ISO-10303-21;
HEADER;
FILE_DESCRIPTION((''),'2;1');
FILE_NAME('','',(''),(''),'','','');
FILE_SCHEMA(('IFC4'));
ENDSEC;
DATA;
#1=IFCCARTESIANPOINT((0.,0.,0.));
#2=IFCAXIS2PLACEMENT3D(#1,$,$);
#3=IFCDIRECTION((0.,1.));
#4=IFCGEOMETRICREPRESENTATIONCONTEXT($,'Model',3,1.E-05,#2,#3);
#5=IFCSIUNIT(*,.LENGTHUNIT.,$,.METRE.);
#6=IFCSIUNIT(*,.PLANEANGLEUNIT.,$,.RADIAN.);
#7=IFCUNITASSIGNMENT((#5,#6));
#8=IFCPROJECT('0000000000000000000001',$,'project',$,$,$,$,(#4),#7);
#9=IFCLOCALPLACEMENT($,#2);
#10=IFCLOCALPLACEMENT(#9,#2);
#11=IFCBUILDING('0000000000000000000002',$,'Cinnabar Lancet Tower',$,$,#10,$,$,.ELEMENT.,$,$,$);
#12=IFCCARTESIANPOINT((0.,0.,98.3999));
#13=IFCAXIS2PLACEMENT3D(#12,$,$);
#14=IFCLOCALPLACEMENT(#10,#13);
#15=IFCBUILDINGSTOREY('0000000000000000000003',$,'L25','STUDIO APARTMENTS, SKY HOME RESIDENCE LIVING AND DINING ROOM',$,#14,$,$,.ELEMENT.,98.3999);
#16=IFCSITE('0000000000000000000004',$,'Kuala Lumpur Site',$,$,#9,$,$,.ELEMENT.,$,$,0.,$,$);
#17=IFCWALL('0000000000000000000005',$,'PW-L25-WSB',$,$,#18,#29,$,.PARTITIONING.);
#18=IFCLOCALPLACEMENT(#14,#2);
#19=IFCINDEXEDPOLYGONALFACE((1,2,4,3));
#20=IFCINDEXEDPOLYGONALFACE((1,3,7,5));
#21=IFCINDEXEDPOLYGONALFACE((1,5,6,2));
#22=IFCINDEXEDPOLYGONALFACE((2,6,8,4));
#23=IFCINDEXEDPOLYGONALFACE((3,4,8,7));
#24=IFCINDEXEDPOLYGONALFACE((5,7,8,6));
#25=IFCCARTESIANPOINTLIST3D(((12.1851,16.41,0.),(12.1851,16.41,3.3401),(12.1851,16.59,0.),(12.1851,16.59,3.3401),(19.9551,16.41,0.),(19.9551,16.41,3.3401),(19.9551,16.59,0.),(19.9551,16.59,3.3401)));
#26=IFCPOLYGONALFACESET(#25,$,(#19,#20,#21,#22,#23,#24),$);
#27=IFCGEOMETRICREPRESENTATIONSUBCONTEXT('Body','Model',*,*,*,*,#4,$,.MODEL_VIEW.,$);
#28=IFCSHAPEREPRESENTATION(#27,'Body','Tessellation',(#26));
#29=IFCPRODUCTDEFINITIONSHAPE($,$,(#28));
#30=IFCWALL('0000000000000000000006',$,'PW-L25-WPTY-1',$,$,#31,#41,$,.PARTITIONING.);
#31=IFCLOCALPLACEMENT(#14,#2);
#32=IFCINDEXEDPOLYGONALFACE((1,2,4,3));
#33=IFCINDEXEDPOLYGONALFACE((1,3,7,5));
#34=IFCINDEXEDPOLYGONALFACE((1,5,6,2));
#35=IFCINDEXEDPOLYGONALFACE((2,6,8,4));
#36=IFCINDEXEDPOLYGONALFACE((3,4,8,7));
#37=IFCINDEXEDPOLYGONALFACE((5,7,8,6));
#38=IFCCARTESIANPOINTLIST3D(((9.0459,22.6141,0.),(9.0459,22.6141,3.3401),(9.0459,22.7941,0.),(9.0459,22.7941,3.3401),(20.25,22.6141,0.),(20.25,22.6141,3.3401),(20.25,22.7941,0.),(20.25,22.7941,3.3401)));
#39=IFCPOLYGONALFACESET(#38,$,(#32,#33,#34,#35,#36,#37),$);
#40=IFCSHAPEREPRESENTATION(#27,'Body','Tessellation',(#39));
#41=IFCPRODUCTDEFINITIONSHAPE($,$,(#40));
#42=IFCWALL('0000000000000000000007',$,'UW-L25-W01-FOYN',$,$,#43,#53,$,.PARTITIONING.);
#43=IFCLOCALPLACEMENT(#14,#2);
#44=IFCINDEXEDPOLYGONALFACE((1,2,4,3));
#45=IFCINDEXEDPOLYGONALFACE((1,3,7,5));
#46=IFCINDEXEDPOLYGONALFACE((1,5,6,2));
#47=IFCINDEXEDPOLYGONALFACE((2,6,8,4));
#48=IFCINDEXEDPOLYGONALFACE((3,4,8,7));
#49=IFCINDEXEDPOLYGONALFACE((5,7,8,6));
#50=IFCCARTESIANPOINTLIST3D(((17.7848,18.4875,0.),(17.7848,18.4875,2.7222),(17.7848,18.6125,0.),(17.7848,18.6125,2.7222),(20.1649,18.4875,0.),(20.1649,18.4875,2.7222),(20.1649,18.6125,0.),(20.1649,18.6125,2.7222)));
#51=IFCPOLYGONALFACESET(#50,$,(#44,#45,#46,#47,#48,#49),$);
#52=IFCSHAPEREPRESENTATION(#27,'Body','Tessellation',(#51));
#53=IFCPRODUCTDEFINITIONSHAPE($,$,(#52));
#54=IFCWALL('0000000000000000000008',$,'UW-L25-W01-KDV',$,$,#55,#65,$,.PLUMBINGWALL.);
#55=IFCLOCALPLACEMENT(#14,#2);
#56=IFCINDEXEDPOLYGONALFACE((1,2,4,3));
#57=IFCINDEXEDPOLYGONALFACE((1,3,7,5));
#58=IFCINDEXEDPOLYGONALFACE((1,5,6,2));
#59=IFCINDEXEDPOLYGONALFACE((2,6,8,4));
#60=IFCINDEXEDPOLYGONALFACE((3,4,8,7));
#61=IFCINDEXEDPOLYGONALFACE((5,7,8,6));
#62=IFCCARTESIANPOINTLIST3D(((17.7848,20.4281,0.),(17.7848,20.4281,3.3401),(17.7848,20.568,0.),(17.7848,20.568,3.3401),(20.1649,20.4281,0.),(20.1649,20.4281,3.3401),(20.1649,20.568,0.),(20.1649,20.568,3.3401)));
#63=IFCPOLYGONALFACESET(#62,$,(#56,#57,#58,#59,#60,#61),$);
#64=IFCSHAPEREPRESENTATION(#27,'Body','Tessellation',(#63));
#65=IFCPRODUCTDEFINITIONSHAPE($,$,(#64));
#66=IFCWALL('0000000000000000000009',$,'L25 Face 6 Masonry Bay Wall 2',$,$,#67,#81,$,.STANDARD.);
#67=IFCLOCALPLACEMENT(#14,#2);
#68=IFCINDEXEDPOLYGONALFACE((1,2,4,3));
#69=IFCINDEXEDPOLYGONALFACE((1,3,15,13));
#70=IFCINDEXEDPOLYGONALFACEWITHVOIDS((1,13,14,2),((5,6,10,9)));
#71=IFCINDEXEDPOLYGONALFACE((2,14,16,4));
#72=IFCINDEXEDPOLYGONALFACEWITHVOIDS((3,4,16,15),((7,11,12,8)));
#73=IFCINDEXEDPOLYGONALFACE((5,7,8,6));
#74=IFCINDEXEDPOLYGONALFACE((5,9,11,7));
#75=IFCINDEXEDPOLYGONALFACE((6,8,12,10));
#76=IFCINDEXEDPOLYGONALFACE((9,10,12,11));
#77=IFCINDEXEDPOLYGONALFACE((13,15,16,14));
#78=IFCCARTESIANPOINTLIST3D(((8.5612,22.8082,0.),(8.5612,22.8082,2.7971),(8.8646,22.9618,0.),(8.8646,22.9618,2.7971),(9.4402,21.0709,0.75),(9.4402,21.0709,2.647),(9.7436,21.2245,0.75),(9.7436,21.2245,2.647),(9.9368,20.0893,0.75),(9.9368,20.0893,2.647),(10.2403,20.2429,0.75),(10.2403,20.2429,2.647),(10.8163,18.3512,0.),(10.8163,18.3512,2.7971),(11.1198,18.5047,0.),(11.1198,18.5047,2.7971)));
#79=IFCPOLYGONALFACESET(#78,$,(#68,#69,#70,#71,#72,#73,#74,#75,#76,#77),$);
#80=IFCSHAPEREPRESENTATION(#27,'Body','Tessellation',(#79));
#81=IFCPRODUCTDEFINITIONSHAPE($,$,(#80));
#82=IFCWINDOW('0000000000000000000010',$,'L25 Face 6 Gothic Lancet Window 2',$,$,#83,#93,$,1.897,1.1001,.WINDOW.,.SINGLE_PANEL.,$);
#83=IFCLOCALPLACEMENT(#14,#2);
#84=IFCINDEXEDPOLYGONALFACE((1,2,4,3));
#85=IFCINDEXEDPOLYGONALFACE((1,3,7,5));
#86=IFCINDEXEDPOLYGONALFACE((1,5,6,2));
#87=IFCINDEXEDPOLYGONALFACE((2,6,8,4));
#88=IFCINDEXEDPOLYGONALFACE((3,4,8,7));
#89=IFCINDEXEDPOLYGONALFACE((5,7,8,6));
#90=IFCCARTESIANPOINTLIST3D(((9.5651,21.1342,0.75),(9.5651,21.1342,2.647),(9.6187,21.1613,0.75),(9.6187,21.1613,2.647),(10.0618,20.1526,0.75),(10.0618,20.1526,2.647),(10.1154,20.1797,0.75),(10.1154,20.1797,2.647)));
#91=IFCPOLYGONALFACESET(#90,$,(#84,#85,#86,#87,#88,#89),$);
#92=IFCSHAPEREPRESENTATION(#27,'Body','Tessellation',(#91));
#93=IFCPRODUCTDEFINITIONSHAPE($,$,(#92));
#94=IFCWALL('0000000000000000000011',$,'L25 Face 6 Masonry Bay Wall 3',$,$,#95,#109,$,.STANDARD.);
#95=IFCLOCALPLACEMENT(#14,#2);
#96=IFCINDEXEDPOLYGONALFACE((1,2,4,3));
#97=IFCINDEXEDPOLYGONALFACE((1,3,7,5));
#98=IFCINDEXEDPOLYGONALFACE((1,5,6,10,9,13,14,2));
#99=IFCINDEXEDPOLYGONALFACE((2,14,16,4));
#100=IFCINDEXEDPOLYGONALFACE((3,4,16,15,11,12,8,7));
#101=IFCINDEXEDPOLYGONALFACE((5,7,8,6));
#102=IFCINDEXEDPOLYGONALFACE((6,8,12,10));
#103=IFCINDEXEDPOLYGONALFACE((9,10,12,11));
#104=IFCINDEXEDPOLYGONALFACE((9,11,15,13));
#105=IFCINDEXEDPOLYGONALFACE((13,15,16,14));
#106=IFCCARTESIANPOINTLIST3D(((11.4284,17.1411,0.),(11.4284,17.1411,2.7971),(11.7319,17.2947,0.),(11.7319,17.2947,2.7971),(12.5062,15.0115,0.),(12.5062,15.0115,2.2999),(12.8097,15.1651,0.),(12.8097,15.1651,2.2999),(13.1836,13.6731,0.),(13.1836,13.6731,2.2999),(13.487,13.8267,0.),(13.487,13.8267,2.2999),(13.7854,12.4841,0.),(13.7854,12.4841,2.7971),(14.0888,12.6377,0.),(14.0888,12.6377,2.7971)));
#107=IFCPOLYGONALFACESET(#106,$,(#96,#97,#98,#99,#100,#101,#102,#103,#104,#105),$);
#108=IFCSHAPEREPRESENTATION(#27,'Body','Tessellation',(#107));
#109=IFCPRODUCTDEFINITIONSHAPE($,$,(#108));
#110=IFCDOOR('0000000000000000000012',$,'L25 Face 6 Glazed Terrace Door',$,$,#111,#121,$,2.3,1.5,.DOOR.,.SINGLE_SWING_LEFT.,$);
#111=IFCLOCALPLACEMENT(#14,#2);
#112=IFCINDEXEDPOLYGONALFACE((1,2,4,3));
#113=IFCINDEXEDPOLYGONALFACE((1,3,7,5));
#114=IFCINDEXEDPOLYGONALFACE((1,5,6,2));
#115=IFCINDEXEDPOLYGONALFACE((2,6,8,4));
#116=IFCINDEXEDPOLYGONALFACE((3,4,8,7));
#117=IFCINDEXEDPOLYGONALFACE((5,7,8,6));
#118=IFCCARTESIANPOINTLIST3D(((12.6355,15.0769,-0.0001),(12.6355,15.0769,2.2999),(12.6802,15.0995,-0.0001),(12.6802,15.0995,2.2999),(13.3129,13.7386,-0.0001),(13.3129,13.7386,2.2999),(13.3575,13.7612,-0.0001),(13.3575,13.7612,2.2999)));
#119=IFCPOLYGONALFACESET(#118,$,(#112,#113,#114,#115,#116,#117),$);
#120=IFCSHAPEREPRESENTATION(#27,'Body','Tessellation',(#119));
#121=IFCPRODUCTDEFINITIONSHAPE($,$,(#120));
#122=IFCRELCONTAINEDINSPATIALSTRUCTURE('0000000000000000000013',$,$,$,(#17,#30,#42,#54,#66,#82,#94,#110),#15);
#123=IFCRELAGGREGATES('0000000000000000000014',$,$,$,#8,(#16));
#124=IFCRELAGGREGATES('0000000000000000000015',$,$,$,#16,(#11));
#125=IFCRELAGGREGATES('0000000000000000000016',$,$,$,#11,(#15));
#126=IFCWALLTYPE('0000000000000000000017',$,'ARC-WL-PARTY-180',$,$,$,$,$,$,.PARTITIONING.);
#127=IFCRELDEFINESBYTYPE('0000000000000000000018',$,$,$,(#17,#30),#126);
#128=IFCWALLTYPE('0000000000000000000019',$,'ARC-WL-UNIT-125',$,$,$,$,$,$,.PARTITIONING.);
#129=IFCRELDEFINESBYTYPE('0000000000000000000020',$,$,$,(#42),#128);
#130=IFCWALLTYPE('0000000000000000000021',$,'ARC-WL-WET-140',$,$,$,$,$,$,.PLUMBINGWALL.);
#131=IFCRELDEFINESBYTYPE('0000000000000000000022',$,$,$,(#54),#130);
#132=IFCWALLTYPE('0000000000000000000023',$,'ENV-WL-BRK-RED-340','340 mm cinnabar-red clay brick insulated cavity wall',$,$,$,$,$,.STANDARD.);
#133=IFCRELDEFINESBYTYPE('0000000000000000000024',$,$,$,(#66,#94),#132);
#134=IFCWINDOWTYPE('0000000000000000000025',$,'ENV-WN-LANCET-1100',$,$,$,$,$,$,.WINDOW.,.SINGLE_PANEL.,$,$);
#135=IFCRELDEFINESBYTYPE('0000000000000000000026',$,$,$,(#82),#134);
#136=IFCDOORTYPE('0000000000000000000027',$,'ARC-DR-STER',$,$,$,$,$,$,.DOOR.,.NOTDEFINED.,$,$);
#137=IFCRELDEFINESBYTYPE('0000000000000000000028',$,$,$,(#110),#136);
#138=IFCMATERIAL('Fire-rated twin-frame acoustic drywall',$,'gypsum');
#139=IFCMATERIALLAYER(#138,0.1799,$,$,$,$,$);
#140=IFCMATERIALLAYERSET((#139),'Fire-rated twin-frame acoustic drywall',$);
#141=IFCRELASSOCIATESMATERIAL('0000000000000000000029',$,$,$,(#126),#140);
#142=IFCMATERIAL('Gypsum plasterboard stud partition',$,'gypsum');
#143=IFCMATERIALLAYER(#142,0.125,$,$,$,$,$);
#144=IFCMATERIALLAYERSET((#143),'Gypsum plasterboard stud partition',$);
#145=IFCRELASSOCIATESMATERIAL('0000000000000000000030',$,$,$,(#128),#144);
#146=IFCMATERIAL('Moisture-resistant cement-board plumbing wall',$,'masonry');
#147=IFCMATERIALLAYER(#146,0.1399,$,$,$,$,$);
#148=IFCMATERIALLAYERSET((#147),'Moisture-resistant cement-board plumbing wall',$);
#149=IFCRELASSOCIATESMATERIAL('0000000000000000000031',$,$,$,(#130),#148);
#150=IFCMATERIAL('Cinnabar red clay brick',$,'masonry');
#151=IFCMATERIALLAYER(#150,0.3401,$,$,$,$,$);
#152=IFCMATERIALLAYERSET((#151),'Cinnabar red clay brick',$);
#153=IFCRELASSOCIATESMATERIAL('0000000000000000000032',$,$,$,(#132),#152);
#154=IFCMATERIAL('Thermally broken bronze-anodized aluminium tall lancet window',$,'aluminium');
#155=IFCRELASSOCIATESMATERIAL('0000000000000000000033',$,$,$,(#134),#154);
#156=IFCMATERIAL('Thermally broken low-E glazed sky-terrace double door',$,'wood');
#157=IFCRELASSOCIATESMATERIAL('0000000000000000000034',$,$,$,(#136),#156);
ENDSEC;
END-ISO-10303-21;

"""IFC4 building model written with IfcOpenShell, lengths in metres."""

from ifc_helpers import new_model, si_unit, direction, frame, frame_2d, origin, place, context, subcontext, project, spatial, rectangle, extrude, material, layer, layer_set, type_object, element, fill, save


model = new_model("IFC4")

# Units and contexts
model_context = context("Model", 3, precision=1e-05, world=origin(), true_north=direction((0.0, 1.0)))
body_context = subcontext(model_context, "Body", "Model", "MODEL_VIEW")
ifc_project = project(units=[si_unit("LENGTHUNIT", "METRE"), si_unit("PLANEANGLEUNIT", "RADIAN")], contexts=[model_context])

# Site, building, storey
site_placement = place(None, origin())
site = spatial("IfcSite", under=ifc_project, at=site_placement, Name="Kuala Lumpur Site", CompositionType="ELEMENT", RefElevation=0.0)
building_placement = place(site_placement, origin())
building = spatial("IfcBuilding", under=site, at=building_placement, Name="Cinnabar Lancet Tower", CompositionType="ELEMENT")
storey_placement = place(building_placement, frame((0.0, 0.0, 98.3999)))
storey = spatial("IfcBuildingStorey", under=building, at=storey_placement, Name="L25", Description="STUDIO APARTMENTS, SKY HOME RESIDENCE LIVING AND DINING ROOM", CompositionType="ELEMENT", Elevation=98.3999)

# Walls
ifc_material_1 = material(Name="Fire-rated twin-frame acoustic drywall", Category="gypsum")
ifc_layer_1 = layer(ifc_material_1, 0.1799)
ifc_layer_set_1 = layer_set([ifc_layer_1], Name="Fire-rated twin-frame acoustic drywall")
wall_type_1 = type_object("IfcWallType", Name="ARC-WL-PARTY-180", PredefinedType="PARTITIONING", material=ifc_layer_set_1)
wall_1_placement = place(storey_placement, frame((12.1851, 16.5, 0.0), z_axis=(0.0, 0.0, 1.0), x_axis=(1.0, 0.0, 0.0)))
element("IfcWall", 1, at=wall_1_placement, inside=storey, type_object=wall_type_1, Name="PW-L25-WSB", PredefinedType="PARTITIONING", context=body_context, shape_type="SweptSolid", body=[
    extrude(rectangle(XDim=7.77, YDim=0.1799, at=frame_2d((3.885, 0.0))), origin(), (0.0, 0.0, 1.0), 3.3401),
])
wall_2_placement = place(storey_placement, frame((9.0459, 22.7041, 0.0), z_axis=(0.0, 0.0, 1.0), x_axis=(1.0, 0.0, 0.0)))
element("IfcWall", 2, at=wall_2_placement, inside=storey, type_object=wall_type_1, Name="PW-L25-WPTY-1", PredefinedType="PARTITIONING", context=body_context, shape_type="SweptSolid", body=[
    extrude(rectangle(XDim=11.2041, YDim=0.1799, at=frame_2d((5.6021, 0.0))), origin(), (0.0, 0.0, 1.0), 3.3401),
])
ifc_material_2 = material(Name="Gypsum plasterboard stud partition", Category="gypsum")
ifc_layer_2 = layer(ifc_material_2, 0.125)
ifc_layer_set_2 = layer_set([ifc_layer_2], Name="Gypsum plasterboard stud partition")
wall_type_2 = type_object("IfcWallType", Name="ARC-WL-UNIT-125", PredefinedType="PARTITIONING", material=ifc_layer_set_2)
wall_3_placement = place(storey_placement, frame((17.7849, 18.55, 0.0), z_axis=(0.0, 0.0, 1.0), x_axis=(1.0, 0.0, 0.0)))
element("IfcWall", 3, at=wall_3_placement, inside=storey, type_object=wall_type_2, Name="UW-L25-W01-FOYN", PredefinedType="PARTITIONING", context=body_context, shape_type="SweptSolid", body=[
    extrude(rectangle(XDim=2.3801, YDim=0.125, at=frame_2d((1.1899, 0.0))), origin(), (0.0, 0.0, 1.0), 2.7222),
])

# Shared definitions
ifc_material_3 = material(Name="Moisture-resistant cement-board plumbing wall", Category="masonry")
ifc_layer_3 = layer(ifc_material_3, 0.1399)
ifc_layer_set_3 = layer_set([ifc_layer_3], Name="Moisture-resistant cement-board plumbing wall")
wall_type_3 = type_object("IfcWallType", Name="ARC-WL-WET-140", PredefinedType="PLUMBINGWALL", material=ifc_layer_set_3)

# Wall
wall_4_placement = place(storey_placement, frame((17.7849, 20.498, 0.0), z_axis=(0.0, 0.0, 1.0), x_axis=(1.0, 0.0, 0.0)))
element("IfcWall", 4, at=wall_4_placement, inside=storey, type_object=wall_type_3, Name="UW-L25-W01-KDV", PredefinedType="PLUMBINGWALL", context=body_context, shape_type="SweptSolid", body=[
    extrude(rectangle(XDim=2.3801, YDim=0.1399, at=frame_2d((1.1899, 0.0))), origin(), (0.0, 0.0, 1.0), 3.3401),
])

# Wall, opening, window
ifc_material_4 = material(Name="Cinnabar red clay brick", Category="masonry")
ifc_layer_4 = layer(ifc_material_4, 0.3401)
ifc_layer_set_4 = layer_set([ifc_layer_4], Name="Cinnabar red clay brick")
wall_type_4 = type_object("IfcWallType", Name="ENV-WL-BRK-RED-340", Description="340 mm cinnabar-red clay brick insulated cavity wall", PredefinedType="STANDARD", material=ifc_layer_set_4)
wall_5_placement = place(storey_placement, frame((8.7129, 22.885, 0.0), z_axis=(0.0, 0.0, 1.0), x_axis=(0.451471, -0.892286, 0.0)))
wall_5 = element("IfcWall", 5, at=wall_5_placement, inside=storey, type_object=wall_type_4, Name="L25 Face 6 Masonry Bay Wall 2", PredefinedType="STANDARD", context=body_context, shape_type="SweptSolid", body=[
    extrude(rectangle(XDim=4.9951, YDim=0.3401, at=frame_2d((2.4976, 0.0))), origin(), (0.0, 0.0, 1.0), 2.7971),
])
opening_1_placement = place(wall_5_placement, frame((1.947, 0.0, 0.75)))
opening_1 = element("IfcOpeningElement", 6, at=opening_1_placement, cuts=wall_5, PredefinedType="OPENING", context=body_context, shape_type="SweptSolid", body=[
    extrude(rectangle(XDim=1.1001, YDim=1.897, at=frame_2d((0.55, 0.9485))), frame((0.0, 0.1799, 0.0), z_axis=(0.0, -1.0, 0.0), x_axis=(1.0, 0.0, 0.0)), (0.0, 0.0, 1.0), 0.3601),
])
ifc_material_5 = material(Name="Thermally broken bronze-anodized aluminium tall lancet window", Category="aluminium")
window_type = type_object("IfcWindowType", Name="ENV-WN-LANCET-1100", PartitioningType="SINGLE_PANEL", PredefinedType="WINDOW", material=ifc_material_5)
window_placement = place(opening_1_placement, origin())
window = element("IfcWindow", 7, at=window_placement, inside=storey, type_object=window_type, Name="L25 Face 6 Gothic Lancet Window 2", OverallHeight=1.897, OverallWidth=1.1001, PartitioningType="SINGLE_PANEL", PredefinedType="WINDOW", context=body_context, shape_type="SweptSolid", body=[
    extrude(rectangle(XDim=1.1001, YDim=1.897, at=frame_2d((0.55, 0.9485))), frame((0.0, 0.03, 0.0), z_axis=(0.0, -1.0, 0.0), x_axis=(1.0, 0.0, 0.0)), (0.0, 0.0, 1.0), 0.0601),
])
fill(opening_1, window)

# Wall, opening, door
wall_6_placement = place(storey_placement, frame((11.5801, 17.218, 0.0), z_axis=(0.0, 0.0, 1.0), x_axis=(0.451568, -0.892237, 0.0)))
wall_6 = element("IfcWall", 8, at=wall_6_placement, inside=storey, type_object=wall_type_4, Name="L25 Face 6 Masonry Bay Wall 3", PredefinedType="STANDARD", context=body_context, shape_type="SweptSolid", body=[
    extrude(rectangle(XDim=5.2195, YDim=0.3401, at=frame_2d((2.6099, 0.0))), origin(), (0.0, 0.0, 1.0), 2.7971),
])
opening_2_placement = place(wall_6_placement, frame((2.387, 0.0, 0.0)))
opening_2 = element("IfcOpeningElement", 9, at=opening_2_placement, cuts=wall_6, PredefinedType="OPENING", context=body_context, shape_type="SweptSolid", body=[
    extrude(rectangle(XDim=1.5, YDim=2.3, at=frame_2d((0.75, 1.1499))), frame((0.0, 0.1799, 0.0), z_axis=(0.0, -1.0, 0.0), x_axis=(1.0, 0.0, 0.0)), (0.0, 0.0, 1.0), 0.3601),
])
ifc_material_6 = material(Name="Thermally broken low-E glazed sky-terrace double door", Category="wood")
door_type_1 = type_object("IfcDoorType", Name="ARC-DR-STER", OperationType="NOTDEFINED", PredefinedType="DOOR", material=ifc_material_6)
door_1_placement = place(opening_2_placement, origin())
door_1 = element("IfcDoor", 10, at=door_1_placement, inside=storey, type_object=door_type_1, Name="L25 Face 6 Glazed Terrace Door", OperationType="SINGLE_SWING_LEFT", OverallHeight=2.3, OverallWidth=1.5, PredefinedType="DOOR", context=body_context, shape_type="SweptSolid", body=[
    extrude(rectangle(XDim=1.5, YDim=2.3, at=frame_2d((0.75, 1.1499))), frame((0.0, 0.0249, 0.0), z_axis=(0.0, -1.0, 0.0), x_axis=(1.0, 0.0, 0.0)), (0.0, 0.0, 1.0), 0.05),
])
fill(opening_2, door_1)

save(model, "model.ifc")
